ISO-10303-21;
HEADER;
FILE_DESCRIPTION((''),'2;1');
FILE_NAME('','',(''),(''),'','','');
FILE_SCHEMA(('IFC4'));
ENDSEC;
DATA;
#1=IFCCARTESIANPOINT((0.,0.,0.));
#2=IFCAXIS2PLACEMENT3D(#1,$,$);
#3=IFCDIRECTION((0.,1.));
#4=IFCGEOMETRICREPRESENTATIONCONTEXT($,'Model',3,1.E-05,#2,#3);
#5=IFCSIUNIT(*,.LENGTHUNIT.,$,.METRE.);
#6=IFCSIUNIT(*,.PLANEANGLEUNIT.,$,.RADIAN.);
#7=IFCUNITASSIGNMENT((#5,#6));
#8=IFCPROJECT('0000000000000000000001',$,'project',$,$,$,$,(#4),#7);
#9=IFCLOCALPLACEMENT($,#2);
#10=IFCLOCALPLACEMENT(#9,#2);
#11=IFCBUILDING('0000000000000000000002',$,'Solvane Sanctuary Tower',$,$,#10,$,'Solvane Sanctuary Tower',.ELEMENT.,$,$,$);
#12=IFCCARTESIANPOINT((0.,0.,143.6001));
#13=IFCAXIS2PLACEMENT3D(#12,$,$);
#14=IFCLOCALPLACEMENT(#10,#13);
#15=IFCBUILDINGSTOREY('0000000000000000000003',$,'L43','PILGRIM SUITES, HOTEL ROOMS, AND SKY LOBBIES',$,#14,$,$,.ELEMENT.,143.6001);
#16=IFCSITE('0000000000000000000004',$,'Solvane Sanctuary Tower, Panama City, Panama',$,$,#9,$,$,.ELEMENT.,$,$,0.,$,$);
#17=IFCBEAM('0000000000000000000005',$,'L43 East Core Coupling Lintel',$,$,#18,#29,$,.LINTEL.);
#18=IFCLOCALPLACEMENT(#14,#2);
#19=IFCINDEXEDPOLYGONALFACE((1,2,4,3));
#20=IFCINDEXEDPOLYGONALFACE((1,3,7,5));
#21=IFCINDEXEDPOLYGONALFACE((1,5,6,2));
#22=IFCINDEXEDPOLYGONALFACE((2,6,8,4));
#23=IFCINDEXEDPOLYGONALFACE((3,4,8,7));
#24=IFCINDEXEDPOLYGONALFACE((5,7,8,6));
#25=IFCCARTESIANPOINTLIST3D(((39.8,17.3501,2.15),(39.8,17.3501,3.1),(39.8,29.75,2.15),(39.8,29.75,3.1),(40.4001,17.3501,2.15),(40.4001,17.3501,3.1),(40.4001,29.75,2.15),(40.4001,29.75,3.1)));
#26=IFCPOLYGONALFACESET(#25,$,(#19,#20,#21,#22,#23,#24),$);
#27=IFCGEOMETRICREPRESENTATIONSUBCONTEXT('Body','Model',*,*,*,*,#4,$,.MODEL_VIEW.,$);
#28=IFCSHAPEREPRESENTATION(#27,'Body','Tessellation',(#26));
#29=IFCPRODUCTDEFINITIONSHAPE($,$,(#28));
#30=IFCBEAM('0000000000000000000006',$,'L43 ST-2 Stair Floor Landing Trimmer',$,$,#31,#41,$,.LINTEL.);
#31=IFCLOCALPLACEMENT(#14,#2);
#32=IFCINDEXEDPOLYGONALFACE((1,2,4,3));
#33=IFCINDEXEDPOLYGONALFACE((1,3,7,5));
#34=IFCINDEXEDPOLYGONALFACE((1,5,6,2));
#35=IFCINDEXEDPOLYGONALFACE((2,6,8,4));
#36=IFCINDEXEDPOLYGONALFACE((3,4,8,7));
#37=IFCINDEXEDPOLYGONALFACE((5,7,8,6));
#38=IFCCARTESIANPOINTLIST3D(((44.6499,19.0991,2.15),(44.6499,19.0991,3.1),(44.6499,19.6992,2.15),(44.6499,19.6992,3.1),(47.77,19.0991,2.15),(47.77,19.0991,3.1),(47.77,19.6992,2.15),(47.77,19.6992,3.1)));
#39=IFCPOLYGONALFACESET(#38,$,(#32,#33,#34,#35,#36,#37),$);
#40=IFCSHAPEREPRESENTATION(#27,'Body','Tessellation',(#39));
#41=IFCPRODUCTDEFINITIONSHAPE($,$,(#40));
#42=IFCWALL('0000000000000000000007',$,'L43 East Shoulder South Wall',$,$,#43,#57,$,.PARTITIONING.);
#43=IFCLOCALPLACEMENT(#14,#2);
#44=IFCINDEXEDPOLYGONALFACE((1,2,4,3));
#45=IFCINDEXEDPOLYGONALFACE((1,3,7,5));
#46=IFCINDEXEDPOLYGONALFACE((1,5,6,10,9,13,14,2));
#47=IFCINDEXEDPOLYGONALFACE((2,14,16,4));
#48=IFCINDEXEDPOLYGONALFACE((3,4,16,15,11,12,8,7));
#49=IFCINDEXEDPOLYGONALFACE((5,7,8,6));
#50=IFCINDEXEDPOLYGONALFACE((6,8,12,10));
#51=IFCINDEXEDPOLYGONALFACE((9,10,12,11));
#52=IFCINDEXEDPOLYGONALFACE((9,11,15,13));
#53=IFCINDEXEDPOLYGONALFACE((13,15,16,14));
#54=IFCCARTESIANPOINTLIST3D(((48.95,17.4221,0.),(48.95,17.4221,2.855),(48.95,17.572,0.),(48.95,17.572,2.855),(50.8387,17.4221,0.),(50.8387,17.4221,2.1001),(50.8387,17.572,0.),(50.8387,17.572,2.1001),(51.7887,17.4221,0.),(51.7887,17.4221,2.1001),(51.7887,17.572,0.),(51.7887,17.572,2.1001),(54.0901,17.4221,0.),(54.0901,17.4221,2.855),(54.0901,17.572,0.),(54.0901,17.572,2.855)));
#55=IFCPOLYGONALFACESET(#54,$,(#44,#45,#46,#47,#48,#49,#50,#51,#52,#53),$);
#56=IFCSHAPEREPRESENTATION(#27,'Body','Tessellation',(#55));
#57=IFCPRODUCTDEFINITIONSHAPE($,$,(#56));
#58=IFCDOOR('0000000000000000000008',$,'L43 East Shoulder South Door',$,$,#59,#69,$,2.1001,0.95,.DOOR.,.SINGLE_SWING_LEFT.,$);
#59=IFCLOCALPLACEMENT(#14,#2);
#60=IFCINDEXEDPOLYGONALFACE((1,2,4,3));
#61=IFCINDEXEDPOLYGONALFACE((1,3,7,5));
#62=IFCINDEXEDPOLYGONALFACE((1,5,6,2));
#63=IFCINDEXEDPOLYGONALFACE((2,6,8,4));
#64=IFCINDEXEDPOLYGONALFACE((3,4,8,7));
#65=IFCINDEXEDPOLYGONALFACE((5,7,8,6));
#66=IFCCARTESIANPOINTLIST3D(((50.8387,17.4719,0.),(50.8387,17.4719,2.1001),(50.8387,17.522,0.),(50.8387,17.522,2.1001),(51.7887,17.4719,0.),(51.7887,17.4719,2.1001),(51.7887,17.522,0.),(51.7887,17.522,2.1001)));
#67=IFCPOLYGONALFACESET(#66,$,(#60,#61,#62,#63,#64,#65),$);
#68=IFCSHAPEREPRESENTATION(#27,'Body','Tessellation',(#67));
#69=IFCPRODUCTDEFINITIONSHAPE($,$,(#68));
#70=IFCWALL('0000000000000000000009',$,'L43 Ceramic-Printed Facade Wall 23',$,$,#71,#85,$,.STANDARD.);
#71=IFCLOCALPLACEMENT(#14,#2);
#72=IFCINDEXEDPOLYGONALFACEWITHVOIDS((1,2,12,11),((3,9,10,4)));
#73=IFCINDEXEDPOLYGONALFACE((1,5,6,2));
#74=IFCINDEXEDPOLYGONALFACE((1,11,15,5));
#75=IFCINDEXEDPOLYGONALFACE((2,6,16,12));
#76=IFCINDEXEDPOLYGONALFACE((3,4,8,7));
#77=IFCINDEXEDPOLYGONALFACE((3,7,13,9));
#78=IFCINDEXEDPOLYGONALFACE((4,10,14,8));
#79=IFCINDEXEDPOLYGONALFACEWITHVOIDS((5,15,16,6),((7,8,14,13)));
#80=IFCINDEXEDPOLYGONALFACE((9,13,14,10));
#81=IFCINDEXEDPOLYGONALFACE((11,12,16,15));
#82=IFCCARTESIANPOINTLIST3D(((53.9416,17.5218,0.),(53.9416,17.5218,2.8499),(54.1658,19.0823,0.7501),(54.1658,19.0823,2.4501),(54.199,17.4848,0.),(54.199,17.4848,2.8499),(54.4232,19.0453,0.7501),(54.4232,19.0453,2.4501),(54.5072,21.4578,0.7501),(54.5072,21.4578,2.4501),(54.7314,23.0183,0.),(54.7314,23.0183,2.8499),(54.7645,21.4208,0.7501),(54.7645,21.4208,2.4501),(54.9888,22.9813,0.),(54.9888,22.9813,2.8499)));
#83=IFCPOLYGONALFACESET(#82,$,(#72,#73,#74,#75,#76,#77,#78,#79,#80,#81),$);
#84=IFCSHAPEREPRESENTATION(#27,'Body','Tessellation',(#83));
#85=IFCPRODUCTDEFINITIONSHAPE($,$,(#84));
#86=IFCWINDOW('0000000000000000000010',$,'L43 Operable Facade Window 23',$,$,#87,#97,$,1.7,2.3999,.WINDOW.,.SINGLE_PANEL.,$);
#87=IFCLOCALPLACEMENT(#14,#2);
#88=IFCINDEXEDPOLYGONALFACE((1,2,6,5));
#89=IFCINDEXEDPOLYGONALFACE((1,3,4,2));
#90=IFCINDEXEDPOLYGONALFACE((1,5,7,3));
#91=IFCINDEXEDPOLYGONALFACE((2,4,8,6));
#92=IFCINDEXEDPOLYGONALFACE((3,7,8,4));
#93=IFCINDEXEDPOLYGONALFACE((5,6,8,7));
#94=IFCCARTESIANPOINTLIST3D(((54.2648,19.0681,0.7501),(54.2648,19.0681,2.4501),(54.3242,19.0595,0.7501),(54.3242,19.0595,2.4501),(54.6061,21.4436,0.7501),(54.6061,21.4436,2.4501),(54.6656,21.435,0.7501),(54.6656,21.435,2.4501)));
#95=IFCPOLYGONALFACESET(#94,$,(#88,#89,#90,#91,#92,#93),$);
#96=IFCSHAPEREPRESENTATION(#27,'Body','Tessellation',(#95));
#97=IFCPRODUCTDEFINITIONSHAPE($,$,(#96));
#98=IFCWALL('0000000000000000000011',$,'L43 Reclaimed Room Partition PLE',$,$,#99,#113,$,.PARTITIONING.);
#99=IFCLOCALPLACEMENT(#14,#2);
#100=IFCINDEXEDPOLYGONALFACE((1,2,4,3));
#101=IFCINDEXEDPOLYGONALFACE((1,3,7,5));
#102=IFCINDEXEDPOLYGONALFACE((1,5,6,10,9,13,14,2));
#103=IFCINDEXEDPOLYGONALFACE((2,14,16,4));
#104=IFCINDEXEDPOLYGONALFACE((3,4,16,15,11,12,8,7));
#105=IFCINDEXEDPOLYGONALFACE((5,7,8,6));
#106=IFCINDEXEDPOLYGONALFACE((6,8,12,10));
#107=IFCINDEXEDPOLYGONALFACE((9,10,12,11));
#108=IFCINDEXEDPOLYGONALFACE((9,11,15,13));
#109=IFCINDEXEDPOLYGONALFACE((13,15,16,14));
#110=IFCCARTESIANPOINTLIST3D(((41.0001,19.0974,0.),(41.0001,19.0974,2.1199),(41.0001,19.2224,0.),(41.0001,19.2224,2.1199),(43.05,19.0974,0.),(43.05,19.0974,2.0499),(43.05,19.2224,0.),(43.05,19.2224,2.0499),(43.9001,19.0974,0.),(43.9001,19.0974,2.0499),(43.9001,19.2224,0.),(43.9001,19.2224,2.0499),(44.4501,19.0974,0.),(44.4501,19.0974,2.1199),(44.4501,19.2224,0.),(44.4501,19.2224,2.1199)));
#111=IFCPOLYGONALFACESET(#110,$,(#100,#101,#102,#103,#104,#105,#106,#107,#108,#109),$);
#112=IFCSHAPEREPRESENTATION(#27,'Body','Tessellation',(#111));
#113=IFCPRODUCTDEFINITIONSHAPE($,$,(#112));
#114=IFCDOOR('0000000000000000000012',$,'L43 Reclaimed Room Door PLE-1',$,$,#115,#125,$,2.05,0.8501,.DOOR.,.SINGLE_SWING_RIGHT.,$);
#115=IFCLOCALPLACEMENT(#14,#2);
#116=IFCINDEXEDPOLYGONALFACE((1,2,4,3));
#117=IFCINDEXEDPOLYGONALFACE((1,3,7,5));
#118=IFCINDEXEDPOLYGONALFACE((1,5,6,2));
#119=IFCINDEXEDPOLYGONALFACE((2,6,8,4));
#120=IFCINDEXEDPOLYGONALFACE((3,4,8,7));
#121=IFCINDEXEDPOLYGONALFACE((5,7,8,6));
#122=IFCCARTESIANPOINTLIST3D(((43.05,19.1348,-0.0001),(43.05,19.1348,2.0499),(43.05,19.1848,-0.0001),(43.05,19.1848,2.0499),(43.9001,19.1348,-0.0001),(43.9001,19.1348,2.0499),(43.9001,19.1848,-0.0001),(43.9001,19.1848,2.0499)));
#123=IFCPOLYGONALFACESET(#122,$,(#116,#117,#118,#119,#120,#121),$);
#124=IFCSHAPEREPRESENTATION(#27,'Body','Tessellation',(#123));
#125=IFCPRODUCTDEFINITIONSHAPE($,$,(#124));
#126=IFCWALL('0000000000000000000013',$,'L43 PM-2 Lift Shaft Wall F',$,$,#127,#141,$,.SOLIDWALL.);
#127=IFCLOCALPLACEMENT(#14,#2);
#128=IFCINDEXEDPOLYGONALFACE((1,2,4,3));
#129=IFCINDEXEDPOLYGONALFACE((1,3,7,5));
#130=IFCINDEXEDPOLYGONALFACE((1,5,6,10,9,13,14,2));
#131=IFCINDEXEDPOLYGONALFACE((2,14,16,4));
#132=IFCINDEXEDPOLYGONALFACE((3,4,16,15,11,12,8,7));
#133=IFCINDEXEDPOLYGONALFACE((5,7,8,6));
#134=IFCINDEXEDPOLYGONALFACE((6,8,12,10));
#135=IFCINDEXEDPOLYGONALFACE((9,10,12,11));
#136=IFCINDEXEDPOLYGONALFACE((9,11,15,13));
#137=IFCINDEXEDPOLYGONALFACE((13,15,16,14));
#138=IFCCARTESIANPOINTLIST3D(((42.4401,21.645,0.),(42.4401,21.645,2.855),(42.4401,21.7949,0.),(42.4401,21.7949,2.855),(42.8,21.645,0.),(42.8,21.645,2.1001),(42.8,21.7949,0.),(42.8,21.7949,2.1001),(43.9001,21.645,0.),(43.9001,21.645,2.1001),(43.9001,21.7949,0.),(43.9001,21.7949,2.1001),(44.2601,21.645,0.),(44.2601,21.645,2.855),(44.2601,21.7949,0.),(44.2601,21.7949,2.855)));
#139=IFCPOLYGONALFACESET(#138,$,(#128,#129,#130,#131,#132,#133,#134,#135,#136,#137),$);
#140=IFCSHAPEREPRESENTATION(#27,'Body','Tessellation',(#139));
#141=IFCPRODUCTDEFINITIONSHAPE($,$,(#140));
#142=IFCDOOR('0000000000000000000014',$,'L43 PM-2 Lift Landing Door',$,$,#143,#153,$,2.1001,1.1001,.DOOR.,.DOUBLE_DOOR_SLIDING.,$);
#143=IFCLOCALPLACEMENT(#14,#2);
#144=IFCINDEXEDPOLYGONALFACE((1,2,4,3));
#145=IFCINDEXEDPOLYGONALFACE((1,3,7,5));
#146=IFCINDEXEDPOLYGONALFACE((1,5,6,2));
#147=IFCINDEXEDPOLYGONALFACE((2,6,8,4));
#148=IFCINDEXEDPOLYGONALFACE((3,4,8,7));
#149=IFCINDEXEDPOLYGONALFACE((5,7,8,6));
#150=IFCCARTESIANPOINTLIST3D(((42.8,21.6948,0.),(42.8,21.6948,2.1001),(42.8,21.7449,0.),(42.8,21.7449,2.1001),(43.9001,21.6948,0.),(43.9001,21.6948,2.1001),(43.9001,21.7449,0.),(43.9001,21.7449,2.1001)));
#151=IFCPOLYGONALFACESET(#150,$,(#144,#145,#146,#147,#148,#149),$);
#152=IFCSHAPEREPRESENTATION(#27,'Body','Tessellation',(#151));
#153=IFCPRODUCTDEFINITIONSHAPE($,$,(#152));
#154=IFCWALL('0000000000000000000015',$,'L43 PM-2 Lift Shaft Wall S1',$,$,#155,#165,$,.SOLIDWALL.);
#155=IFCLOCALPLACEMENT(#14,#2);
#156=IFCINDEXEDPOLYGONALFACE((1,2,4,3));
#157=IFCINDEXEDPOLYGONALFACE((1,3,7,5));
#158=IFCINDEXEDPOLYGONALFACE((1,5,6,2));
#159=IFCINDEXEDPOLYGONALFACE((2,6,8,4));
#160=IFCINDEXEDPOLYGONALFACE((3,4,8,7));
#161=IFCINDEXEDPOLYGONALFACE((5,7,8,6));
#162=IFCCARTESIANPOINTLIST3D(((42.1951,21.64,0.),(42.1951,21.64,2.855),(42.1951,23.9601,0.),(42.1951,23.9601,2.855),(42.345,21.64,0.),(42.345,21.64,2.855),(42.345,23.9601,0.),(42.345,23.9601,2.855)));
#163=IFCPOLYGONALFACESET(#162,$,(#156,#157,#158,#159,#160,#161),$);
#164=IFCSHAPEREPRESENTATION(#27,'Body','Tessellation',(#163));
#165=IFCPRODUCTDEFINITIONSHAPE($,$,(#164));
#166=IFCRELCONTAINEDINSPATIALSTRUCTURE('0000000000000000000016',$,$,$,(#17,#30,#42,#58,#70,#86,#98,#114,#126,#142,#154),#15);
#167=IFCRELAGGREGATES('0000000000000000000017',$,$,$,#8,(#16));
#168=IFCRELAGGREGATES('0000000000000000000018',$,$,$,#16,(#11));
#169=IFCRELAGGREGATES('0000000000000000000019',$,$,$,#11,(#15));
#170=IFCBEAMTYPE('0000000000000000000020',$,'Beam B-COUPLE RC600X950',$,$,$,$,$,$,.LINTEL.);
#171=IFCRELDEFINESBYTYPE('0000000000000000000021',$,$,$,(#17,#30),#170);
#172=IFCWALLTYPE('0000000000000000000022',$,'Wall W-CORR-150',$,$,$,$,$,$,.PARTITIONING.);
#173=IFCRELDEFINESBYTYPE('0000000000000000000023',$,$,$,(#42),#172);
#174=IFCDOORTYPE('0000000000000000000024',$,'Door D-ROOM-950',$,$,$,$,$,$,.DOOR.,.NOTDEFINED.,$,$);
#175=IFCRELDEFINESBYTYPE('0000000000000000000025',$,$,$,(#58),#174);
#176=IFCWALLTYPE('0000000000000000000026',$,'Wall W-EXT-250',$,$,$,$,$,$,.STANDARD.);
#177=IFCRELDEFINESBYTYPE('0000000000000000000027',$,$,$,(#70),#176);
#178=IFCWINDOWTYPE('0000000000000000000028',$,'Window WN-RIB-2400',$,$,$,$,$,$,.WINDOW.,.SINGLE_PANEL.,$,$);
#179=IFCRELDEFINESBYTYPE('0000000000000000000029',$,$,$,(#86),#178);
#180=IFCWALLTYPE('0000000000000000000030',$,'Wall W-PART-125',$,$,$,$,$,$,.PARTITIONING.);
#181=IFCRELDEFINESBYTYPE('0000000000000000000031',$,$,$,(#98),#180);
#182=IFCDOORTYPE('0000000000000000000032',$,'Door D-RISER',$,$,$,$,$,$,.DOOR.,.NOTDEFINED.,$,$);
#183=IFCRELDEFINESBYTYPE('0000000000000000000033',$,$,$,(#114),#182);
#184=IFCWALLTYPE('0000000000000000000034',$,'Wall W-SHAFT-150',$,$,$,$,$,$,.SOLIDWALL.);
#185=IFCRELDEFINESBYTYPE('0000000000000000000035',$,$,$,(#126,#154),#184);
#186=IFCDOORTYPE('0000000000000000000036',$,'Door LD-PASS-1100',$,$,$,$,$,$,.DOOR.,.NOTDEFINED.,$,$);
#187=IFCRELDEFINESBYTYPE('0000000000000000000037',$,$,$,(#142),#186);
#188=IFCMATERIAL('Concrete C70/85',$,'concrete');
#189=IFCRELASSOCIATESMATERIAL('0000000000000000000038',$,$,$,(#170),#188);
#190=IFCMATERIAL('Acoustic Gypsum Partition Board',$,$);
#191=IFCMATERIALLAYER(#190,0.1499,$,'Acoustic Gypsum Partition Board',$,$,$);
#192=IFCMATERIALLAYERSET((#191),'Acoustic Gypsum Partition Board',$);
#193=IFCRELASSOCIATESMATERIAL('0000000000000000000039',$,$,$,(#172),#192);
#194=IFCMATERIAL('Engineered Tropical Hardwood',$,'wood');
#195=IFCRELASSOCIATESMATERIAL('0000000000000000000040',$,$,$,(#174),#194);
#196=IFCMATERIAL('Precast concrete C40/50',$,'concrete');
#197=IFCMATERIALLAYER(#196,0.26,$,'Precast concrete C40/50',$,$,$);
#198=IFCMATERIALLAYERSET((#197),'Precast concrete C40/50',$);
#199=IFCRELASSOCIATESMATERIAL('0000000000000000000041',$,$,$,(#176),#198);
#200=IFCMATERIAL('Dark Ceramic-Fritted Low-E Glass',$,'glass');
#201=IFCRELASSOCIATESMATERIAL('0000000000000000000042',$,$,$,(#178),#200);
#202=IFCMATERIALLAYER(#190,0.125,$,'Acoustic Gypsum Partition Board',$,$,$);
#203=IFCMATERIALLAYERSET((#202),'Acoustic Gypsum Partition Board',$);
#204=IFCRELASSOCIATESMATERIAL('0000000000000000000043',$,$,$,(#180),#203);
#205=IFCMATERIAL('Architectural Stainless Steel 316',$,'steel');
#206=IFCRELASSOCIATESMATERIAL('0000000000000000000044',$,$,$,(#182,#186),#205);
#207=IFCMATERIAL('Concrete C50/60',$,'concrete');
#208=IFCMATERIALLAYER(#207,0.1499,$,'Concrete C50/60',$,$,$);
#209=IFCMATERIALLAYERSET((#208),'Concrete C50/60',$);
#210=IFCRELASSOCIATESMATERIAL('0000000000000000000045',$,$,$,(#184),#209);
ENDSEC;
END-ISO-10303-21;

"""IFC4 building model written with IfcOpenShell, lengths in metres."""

from ifc_helpers import new_model, si_unit, direction, frame, frame_2d, origin, origin_2d, place, context, subcontext, project, spatial, rectangle, extrude, material, layer, layer_set, material_profile, profile_set, type_object, element, fill, save


model = new_model("IFC4")

# Units and contexts
model_context = context("Model", 3, precision=1e-05, world=origin(), true_north=direction((0.0, 1.0)))
body_context = subcontext(model_context, "Body", "Model", "MODEL_VIEW")
ifc_project = project(units=[si_unit("LENGTHUNIT", "METRE"), si_unit("PLANEANGLEUNIT", "RADIAN")], contexts=[model_context])

# Site, building, storey
site_placement = place(None, origin())
site = spatial("IfcSite", under=ifc_project, at=site_placement, Name="Solvane Sanctuary Tower, Panama City, Panama", CompositionType="ELEMENT", RefElevation=0.0)
building_placement = place(site_placement, origin())
building = spatial("IfcBuilding", under=site, at=building_placement, Name="Solvane Sanctuary Tower", LongName="Solvane Sanctuary Tower", CompositionType="ELEMENT")
storey_placement = place(building_placement, frame((0.0, 0.0, 143.6001)))
storey = spatial("IfcBuildingStorey", under=building, at=storey_placement, Name="L43", Description="PILGRIM SUITES, HOTEL ROOMS, AND SKY LOBBIES", CompositionType="ELEMENT", Elevation=143.6001)

# Beams
ifc_material_1 = material(Name="Concrete C70/85", Category="concrete")
ifc_material_profile = material_profile(ifc_material_1, rectangle(XDim=0.6001, YDim=0.95, at=origin_2d()), Name="RC600X950")
ifc_profile_set = profile_set([ifc_material_profile], Name="Concrete C70/85")
beam_type = type_object("IfcBeamType", Name="Beam B-COUPLE RC600X950", PredefinedType="LINTEL", material=ifc_profile_set)
beam_1_placement = place(storey_placement, frame((40.1001, 17.3501, 2.625), z_axis=(0.0, 1.0, 0.0), x_axis=(-1.0, 0.0, 0.0)))
element("IfcBeam", 1, at=beam_1_placement, inside=storey, type_object=beam_type, Name="L43 East Core Coupling Lintel", PredefinedType="LINTEL", context=body_context, shape_type="SweptSolid", body=[
    extrude(rectangle(XDim=0.6001, YDim=0.95, at=origin_2d()), origin(), (0.0, 0.0, 1.0), 12.3999),
])
beam_2_placement = place(storey_placement, frame((44.6499, 19.3992, 2.625), z_axis=(1.0, 0.0, 0.0), x_axis=(0.0, 1.0, 0.0)))
element("IfcBeam", 2, at=beam_2_placement, inside=storey, type_object=beam_type, Name="L43 ST-2 Stair Floor Landing Trimmer", PredefinedType="LINTEL", context=body_context, shape_type="SweptSolid", body=[
    extrude(rectangle(XDim=0.6001, YDim=0.95, at=origin_2d()), origin(), (0.0, 0.0, 1.0), 3.1201),
])

# Wall, opening, door
ifc_material_2 = material(Name="Acoustic Gypsum Partition Board")
ifc_layer_1 = layer(ifc_material_2, 0.1499, Name="Acoustic Gypsum Partition Board")
ifc_layer_set_1 = layer_set([ifc_layer_1], Name="Acoustic Gypsum Partition Board")
wall_type_1 = type_object("IfcWallType", Name="Wall W-CORR-150", PredefinedType="PARTITIONING", material=ifc_layer_set_1)
wall_1_placement = place(storey_placement, frame((48.95, 17.4971, 0.0), z_axis=(0.0, 0.0, 1.0), x_axis=(1.0, 0.0, 0.0)))
wall_1 = element("IfcWall", 3, at=wall_1_placement, inside=storey, type_object=wall_type_1, Name="L43 East Shoulder South Wall", PredefinedType="PARTITIONING", context=body_context, shape_type="SweptSolid", body=[
    extrude(rectangle(XDim=5.1401, YDim=0.1499, at=frame_2d((2.5701, 0.0))), origin(), (0.0, 0.0, 1.0), 2.855),
])
opening_1_placement = place(wall_1_placement, frame((1.8887, 0.0, 0.0)))
opening_1 = element("IfcOpeningElement", 4, at=opening_1_placement, cuts=wall_1, PredefinedType="OPENING", context=body_context, shape_type="SweptSolid", body=[
    extrude(rectangle(XDim=0.95, YDim=2.1001, at=frame_2d((0.4751, 1.05))), frame((0.0, 0.085, 0.0), z_axis=(0.0, -1.0, 0.0), x_axis=(1.0, 0.0, 0.0)), (0.0, 0.0, 1.0), 0.1699),
])
ifc_material_3 = material(Name="Engineered Tropical Hardwood", Category="wood")
door_type_1 = type_object("IfcDoorType", Name="Door D-ROOM-950", OperationType="NOTDEFINED", PredefinedType="DOOR", material=ifc_material_3)
door_1_placement = place(opening_1_placement, origin())
door_1 = element("IfcDoor", 5, at=door_1_placement, inside=storey, type_object=door_type_1, Name="L43 East Shoulder South Door", OperationType="SINGLE_SWING_LEFT", OverallHeight=2.1001, OverallWidth=0.95, PredefinedType="DOOR", context=body_context, shape_type="SweptSolid", body=[
    extrude(rectangle(XDim=0.95, YDim=2.1001, at=frame_2d((0.4751, 1.05))), frame((0.0, 0.0249, 0.0), z_axis=(0.0, -1.0, 0.0), x_axis=(1.0, 0.0, 0.0)), (0.0, 0.0, 1.0), 0.05),
])
fill(opening_1, door_1)

# Wall, opening, window
ifc_material_4 = material(Name="Precast concrete C40/50", Category="concrete")
ifc_layer_2 = layer(ifc_material_4, 0.26, Name="Precast concrete C40/50")
ifc_layer_set_2 = layer_set([ifc_layer_2], Name="Precast concrete C40/50")
wall_type_2 = type_object("IfcWallType", Name="Wall W-EXT-250", PredefinedType="STANDARD", material=ifc_layer_set_2)
wall_2_placement = place(storey_placement, frame((54.0703, 17.5034, 0.0), z_axis=(0.0, 0.0, 1.0), x_axis=(0.142228, 0.989834, 0.0)))
wall_2 = element("IfcWall", 6, at=wall_2_placement, inside=storey, type_object=wall_type_2, Name="L43 Ceramic-Printed Facade Wall 23", PredefinedType="STANDARD", context=body_context, shape_type="SweptSolid", body=[
    extrude(rectangle(XDim=5.553, YDim=0.26, at=frame_2d((2.7764, 0.0))), origin(), (0.0, 0.0, 1.0), 2.8499),
])
opening_2_placement = place(wall_2_placement, frame((1.5764, 0.0, 0.75)))
opening_2 = element("IfcOpeningElement", 7, at=opening_2_placement, cuts=wall_2, PredefinedType="OPENING", context=body_context, shape_type="SweptSolid", body=[
    extrude(rectangle(XDim=2.3999, YDim=1.7, at=frame_2d((1.2, 0.8501))), frame((0.0, 0.1399, 0.0), z_axis=(0.0, -1.0, 0.0), x_axis=(1.0, 0.0, 0.0)), (0.0, 0.0, 1.0), 0.28),
])
ifc_material_5 = material(Name="Dark Ceramic-Fritted Low-E Glass", Category="glass")
window_type = type_object("IfcWindowType", Name="Window WN-RIB-2400", PartitioningType="SINGLE_PANEL", PredefinedType="WINDOW", material=ifc_material_5)
window_placement = place(opening_2_placement, origin())
window = element("IfcWindow", 8, at=window_placement, inside=storey, type_object=window_type, Name="L43 Operable Facade Window 23", OverallHeight=1.7, OverallWidth=2.3999, PartitioningType="SINGLE_PANEL", PredefinedType="WINDOW", context=body_context, shape_type="SweptSolid", body=[
    extrude(rectangle(XDim=2.3999, YDim=1.7, at=frame_2d((1.2, 0.8501))), frame((0.0, 0.03, 0.0), z_axis=(0.0, -1.0, 0.0), x_axis=(1.0, 0.0, 0.0)), (0.0, 0.0, 1.0), 0.0601),
])
fill(opening_2, window)

# Walls, openings, doors
ifc_layer_3 = layer(ifc_material_2, 0.125, Name="Acoustic Gypsum Partition Board")
ifc_layer_set_3 = layer_set([ifc_layer_3], Name="Acoustic Gypsum Partition Board")
wall_type_3 = type_object("IfcWallType", Name="Wall W-PART-125", PredefinedType="PARTITIONING", material=ifc_layer_set_3)
wall_3_placement = place(storey_placement, frame((41.0, 19.1599, 0.0), z_axis=(0.0, 0.0, 1.0), x_axis=(1.0, 0.0, 0.0)))
wall_3 = element("IfcWall", 9, at=wall_3_placement, inside=storey, type_object=wall_type_3, Name="L43 Reclaimed Room Partition PLE", PredefinedType="PARTITIONING", context=body_context, shape_type="SweptSolid", body=[
    extrude(rectangle(XDim=3.45, YDim=0.125, at=frame_2d((1.7251, 0.0))), origin(), (0.0, 0.0, 1.0), 2.1199),
])
opening_3_placement = place(wall_3_placement, frame((2.05, 0.0, 0.0)))
opening_3 = element("IfcOpeningElement", 10, at=opening_3_placement, cuts=wall_3, PredefinedType="OPENING", context=body_context, shape_type="SweptSolid", body=[
    extrude(rectangle(XDim=0.8501, YDim=2.05, at=frame_2d((0.425, 1.0249))), frame((0.0, 0.0725, 0.0), z_axis=(0.0, -1.0, 0.0), x_axis=(1.0, 0.0, 0.0)), (0.0, 0.0, 1.0), 0.145),
])
ifc_material_6 = material(Name="Architectural Stainless Steel 316", Category="steel")
door_type_2 = type_object("IfcDoorType", Name="Door D-RISER", OperationType="NOTDEFINED", PredefinedType="DOOR", material=ifc_material_6)
door_2_placement = place(opening_3_placement, origin())
door_2 = element("IfcDoor", 11, at=door_2_placement, inside=storey, type_object=door_type_2, Name="L43 Reclaimed Room Door PLE-1", OperationType="SINGLE_SWING_RIGHT", OverallHeight=2.05, OverallWidth=0.8501, PredefinedType="DOOR", context=body_context, shape_type="SweptSolid", body=[
    extrude(rectangle(XDim=0.8501, YDim=2.05, at=frame_2d((0.425, 1.0249))), frame((0.0, 0.0249, 0.0), z_axis=(0.0, -1.0, 0.0), x_axis=(1.0, 0.0, 0.0)), (0.0, 0.0, 1.0), 0.05),
])
fill(opening_3, door_2)
ifc_material_7 = material(Name="Concrete C50/60", Category="concrete")
ifc_layer_4 = layer(ifc_material_7, 0.1499, Name="Concrete C50/60")
ifc_layer_set_4 = layer_set([ifc_layer_4], Name="Concrete C50/60")
wall_type_4 = type_object("IfcWallType", Name="Wall W-SHAFT-150", PredefinedType="SOLIDWALL", material=ifc_layer_set_4)
wall_4_placement = place(storey_placement, frame((42.4399, 21.72, 0.0), z_axis=(0.0, 0.0, 1.0), x_axis=(1.0, 0.0, 0.0)))
wall_4 = element("IfcWall", 12, at=wall_4_placement, inside=storey, type_object=wall_type_4, Name="L43 PM-2 Lift Shaft Wall F", PredefinedType="SOLIDWALL", context=body_context, shape_type="SweptSolid", body=[
    extrude(rectangle(XDim=1.8201, YDim=0.1499, at=frame_2d((0.9102, 0.0))), origin(), (0.0, 0.0, 1.0), 2.855),
])
opening_4_placement = place(wall_4_placement, frame((0.3601, 0.0, 0.0)))
opening_4 = element("IfcOpeningElement", 13, at=opening_4_placement, cuts=wall_4, PredefinedType="OPENING", context=body_context, shape_type="SweptSolid", body=[
    extrude(rectangle(XDim=1.1001, YDim=2.1001, at=frame_2d((0.55, 1.05))), frame((0.0, 0.085, 0.0), z_axis=(0.0, -1.0, 0.0), x_axis=(1.0, 0.0, 0.0)), (0.0, 0.0, 1.0), 0.1699),
])
door_type_3 = type_object("IfcDoorType", Name="Door LD-PASS-1100", OperationType="NOTDEFINED", PredefinedType="DOOR", material=ifc_material_6)
door_3_placement = place(opening_4_placement, origin())
door_3 = element("IfcDoor", 14, at=door_3_placement, inside=storey, type_object=door_type_3, Name="L43 PM-2 Lift Landing Door", OperationType="DOUBLE_DOOR_SLIDING", OverallHeight=2.1001, OverallWidth=1.1001, PredefinedType="DOOR", context=body_context, shape_type="SweptSolid", body=[
    extrude(rectangle(XDim=1.1001, YDim=2.1001, at=frame_2d((0.55, 1.05))), frame((0.0, 0.0249, 0.0), z_axis=(0.0, -1.0, 0.0), x_axis=(1.0, 0.0, 0.0)), (0.0, 0.0, 1.0), 0.05),
])
fill(opening_4, door_3)

# Wall
for number, where, z_axis, x_axis, name in (
    (15, (42.27, 21.6399, 0.0), (0.0, 0.0, 1.0), (0.0, 1.0, 0.0), "L43 PM-2 Lift Shaft Wall S1"),
):
    element("IfcWall", number, at=place(storey_placement, frame(where, z_axis=z_axis, x_axis=x_axis)), inside=storey, type_object=wall_type_4, Name=name, PredefinedType="SOLIDWALL", context=body_context, shape_type="SweptSolid", body=[
        extrude(rectangle(XDim=2.3201, YDim=0.1499, at=frame_2d((1.1602, 0.0))), origin(), (0.0, 0.0, 1.0), 2.855),
    ])

save(model, "model.ifc")
